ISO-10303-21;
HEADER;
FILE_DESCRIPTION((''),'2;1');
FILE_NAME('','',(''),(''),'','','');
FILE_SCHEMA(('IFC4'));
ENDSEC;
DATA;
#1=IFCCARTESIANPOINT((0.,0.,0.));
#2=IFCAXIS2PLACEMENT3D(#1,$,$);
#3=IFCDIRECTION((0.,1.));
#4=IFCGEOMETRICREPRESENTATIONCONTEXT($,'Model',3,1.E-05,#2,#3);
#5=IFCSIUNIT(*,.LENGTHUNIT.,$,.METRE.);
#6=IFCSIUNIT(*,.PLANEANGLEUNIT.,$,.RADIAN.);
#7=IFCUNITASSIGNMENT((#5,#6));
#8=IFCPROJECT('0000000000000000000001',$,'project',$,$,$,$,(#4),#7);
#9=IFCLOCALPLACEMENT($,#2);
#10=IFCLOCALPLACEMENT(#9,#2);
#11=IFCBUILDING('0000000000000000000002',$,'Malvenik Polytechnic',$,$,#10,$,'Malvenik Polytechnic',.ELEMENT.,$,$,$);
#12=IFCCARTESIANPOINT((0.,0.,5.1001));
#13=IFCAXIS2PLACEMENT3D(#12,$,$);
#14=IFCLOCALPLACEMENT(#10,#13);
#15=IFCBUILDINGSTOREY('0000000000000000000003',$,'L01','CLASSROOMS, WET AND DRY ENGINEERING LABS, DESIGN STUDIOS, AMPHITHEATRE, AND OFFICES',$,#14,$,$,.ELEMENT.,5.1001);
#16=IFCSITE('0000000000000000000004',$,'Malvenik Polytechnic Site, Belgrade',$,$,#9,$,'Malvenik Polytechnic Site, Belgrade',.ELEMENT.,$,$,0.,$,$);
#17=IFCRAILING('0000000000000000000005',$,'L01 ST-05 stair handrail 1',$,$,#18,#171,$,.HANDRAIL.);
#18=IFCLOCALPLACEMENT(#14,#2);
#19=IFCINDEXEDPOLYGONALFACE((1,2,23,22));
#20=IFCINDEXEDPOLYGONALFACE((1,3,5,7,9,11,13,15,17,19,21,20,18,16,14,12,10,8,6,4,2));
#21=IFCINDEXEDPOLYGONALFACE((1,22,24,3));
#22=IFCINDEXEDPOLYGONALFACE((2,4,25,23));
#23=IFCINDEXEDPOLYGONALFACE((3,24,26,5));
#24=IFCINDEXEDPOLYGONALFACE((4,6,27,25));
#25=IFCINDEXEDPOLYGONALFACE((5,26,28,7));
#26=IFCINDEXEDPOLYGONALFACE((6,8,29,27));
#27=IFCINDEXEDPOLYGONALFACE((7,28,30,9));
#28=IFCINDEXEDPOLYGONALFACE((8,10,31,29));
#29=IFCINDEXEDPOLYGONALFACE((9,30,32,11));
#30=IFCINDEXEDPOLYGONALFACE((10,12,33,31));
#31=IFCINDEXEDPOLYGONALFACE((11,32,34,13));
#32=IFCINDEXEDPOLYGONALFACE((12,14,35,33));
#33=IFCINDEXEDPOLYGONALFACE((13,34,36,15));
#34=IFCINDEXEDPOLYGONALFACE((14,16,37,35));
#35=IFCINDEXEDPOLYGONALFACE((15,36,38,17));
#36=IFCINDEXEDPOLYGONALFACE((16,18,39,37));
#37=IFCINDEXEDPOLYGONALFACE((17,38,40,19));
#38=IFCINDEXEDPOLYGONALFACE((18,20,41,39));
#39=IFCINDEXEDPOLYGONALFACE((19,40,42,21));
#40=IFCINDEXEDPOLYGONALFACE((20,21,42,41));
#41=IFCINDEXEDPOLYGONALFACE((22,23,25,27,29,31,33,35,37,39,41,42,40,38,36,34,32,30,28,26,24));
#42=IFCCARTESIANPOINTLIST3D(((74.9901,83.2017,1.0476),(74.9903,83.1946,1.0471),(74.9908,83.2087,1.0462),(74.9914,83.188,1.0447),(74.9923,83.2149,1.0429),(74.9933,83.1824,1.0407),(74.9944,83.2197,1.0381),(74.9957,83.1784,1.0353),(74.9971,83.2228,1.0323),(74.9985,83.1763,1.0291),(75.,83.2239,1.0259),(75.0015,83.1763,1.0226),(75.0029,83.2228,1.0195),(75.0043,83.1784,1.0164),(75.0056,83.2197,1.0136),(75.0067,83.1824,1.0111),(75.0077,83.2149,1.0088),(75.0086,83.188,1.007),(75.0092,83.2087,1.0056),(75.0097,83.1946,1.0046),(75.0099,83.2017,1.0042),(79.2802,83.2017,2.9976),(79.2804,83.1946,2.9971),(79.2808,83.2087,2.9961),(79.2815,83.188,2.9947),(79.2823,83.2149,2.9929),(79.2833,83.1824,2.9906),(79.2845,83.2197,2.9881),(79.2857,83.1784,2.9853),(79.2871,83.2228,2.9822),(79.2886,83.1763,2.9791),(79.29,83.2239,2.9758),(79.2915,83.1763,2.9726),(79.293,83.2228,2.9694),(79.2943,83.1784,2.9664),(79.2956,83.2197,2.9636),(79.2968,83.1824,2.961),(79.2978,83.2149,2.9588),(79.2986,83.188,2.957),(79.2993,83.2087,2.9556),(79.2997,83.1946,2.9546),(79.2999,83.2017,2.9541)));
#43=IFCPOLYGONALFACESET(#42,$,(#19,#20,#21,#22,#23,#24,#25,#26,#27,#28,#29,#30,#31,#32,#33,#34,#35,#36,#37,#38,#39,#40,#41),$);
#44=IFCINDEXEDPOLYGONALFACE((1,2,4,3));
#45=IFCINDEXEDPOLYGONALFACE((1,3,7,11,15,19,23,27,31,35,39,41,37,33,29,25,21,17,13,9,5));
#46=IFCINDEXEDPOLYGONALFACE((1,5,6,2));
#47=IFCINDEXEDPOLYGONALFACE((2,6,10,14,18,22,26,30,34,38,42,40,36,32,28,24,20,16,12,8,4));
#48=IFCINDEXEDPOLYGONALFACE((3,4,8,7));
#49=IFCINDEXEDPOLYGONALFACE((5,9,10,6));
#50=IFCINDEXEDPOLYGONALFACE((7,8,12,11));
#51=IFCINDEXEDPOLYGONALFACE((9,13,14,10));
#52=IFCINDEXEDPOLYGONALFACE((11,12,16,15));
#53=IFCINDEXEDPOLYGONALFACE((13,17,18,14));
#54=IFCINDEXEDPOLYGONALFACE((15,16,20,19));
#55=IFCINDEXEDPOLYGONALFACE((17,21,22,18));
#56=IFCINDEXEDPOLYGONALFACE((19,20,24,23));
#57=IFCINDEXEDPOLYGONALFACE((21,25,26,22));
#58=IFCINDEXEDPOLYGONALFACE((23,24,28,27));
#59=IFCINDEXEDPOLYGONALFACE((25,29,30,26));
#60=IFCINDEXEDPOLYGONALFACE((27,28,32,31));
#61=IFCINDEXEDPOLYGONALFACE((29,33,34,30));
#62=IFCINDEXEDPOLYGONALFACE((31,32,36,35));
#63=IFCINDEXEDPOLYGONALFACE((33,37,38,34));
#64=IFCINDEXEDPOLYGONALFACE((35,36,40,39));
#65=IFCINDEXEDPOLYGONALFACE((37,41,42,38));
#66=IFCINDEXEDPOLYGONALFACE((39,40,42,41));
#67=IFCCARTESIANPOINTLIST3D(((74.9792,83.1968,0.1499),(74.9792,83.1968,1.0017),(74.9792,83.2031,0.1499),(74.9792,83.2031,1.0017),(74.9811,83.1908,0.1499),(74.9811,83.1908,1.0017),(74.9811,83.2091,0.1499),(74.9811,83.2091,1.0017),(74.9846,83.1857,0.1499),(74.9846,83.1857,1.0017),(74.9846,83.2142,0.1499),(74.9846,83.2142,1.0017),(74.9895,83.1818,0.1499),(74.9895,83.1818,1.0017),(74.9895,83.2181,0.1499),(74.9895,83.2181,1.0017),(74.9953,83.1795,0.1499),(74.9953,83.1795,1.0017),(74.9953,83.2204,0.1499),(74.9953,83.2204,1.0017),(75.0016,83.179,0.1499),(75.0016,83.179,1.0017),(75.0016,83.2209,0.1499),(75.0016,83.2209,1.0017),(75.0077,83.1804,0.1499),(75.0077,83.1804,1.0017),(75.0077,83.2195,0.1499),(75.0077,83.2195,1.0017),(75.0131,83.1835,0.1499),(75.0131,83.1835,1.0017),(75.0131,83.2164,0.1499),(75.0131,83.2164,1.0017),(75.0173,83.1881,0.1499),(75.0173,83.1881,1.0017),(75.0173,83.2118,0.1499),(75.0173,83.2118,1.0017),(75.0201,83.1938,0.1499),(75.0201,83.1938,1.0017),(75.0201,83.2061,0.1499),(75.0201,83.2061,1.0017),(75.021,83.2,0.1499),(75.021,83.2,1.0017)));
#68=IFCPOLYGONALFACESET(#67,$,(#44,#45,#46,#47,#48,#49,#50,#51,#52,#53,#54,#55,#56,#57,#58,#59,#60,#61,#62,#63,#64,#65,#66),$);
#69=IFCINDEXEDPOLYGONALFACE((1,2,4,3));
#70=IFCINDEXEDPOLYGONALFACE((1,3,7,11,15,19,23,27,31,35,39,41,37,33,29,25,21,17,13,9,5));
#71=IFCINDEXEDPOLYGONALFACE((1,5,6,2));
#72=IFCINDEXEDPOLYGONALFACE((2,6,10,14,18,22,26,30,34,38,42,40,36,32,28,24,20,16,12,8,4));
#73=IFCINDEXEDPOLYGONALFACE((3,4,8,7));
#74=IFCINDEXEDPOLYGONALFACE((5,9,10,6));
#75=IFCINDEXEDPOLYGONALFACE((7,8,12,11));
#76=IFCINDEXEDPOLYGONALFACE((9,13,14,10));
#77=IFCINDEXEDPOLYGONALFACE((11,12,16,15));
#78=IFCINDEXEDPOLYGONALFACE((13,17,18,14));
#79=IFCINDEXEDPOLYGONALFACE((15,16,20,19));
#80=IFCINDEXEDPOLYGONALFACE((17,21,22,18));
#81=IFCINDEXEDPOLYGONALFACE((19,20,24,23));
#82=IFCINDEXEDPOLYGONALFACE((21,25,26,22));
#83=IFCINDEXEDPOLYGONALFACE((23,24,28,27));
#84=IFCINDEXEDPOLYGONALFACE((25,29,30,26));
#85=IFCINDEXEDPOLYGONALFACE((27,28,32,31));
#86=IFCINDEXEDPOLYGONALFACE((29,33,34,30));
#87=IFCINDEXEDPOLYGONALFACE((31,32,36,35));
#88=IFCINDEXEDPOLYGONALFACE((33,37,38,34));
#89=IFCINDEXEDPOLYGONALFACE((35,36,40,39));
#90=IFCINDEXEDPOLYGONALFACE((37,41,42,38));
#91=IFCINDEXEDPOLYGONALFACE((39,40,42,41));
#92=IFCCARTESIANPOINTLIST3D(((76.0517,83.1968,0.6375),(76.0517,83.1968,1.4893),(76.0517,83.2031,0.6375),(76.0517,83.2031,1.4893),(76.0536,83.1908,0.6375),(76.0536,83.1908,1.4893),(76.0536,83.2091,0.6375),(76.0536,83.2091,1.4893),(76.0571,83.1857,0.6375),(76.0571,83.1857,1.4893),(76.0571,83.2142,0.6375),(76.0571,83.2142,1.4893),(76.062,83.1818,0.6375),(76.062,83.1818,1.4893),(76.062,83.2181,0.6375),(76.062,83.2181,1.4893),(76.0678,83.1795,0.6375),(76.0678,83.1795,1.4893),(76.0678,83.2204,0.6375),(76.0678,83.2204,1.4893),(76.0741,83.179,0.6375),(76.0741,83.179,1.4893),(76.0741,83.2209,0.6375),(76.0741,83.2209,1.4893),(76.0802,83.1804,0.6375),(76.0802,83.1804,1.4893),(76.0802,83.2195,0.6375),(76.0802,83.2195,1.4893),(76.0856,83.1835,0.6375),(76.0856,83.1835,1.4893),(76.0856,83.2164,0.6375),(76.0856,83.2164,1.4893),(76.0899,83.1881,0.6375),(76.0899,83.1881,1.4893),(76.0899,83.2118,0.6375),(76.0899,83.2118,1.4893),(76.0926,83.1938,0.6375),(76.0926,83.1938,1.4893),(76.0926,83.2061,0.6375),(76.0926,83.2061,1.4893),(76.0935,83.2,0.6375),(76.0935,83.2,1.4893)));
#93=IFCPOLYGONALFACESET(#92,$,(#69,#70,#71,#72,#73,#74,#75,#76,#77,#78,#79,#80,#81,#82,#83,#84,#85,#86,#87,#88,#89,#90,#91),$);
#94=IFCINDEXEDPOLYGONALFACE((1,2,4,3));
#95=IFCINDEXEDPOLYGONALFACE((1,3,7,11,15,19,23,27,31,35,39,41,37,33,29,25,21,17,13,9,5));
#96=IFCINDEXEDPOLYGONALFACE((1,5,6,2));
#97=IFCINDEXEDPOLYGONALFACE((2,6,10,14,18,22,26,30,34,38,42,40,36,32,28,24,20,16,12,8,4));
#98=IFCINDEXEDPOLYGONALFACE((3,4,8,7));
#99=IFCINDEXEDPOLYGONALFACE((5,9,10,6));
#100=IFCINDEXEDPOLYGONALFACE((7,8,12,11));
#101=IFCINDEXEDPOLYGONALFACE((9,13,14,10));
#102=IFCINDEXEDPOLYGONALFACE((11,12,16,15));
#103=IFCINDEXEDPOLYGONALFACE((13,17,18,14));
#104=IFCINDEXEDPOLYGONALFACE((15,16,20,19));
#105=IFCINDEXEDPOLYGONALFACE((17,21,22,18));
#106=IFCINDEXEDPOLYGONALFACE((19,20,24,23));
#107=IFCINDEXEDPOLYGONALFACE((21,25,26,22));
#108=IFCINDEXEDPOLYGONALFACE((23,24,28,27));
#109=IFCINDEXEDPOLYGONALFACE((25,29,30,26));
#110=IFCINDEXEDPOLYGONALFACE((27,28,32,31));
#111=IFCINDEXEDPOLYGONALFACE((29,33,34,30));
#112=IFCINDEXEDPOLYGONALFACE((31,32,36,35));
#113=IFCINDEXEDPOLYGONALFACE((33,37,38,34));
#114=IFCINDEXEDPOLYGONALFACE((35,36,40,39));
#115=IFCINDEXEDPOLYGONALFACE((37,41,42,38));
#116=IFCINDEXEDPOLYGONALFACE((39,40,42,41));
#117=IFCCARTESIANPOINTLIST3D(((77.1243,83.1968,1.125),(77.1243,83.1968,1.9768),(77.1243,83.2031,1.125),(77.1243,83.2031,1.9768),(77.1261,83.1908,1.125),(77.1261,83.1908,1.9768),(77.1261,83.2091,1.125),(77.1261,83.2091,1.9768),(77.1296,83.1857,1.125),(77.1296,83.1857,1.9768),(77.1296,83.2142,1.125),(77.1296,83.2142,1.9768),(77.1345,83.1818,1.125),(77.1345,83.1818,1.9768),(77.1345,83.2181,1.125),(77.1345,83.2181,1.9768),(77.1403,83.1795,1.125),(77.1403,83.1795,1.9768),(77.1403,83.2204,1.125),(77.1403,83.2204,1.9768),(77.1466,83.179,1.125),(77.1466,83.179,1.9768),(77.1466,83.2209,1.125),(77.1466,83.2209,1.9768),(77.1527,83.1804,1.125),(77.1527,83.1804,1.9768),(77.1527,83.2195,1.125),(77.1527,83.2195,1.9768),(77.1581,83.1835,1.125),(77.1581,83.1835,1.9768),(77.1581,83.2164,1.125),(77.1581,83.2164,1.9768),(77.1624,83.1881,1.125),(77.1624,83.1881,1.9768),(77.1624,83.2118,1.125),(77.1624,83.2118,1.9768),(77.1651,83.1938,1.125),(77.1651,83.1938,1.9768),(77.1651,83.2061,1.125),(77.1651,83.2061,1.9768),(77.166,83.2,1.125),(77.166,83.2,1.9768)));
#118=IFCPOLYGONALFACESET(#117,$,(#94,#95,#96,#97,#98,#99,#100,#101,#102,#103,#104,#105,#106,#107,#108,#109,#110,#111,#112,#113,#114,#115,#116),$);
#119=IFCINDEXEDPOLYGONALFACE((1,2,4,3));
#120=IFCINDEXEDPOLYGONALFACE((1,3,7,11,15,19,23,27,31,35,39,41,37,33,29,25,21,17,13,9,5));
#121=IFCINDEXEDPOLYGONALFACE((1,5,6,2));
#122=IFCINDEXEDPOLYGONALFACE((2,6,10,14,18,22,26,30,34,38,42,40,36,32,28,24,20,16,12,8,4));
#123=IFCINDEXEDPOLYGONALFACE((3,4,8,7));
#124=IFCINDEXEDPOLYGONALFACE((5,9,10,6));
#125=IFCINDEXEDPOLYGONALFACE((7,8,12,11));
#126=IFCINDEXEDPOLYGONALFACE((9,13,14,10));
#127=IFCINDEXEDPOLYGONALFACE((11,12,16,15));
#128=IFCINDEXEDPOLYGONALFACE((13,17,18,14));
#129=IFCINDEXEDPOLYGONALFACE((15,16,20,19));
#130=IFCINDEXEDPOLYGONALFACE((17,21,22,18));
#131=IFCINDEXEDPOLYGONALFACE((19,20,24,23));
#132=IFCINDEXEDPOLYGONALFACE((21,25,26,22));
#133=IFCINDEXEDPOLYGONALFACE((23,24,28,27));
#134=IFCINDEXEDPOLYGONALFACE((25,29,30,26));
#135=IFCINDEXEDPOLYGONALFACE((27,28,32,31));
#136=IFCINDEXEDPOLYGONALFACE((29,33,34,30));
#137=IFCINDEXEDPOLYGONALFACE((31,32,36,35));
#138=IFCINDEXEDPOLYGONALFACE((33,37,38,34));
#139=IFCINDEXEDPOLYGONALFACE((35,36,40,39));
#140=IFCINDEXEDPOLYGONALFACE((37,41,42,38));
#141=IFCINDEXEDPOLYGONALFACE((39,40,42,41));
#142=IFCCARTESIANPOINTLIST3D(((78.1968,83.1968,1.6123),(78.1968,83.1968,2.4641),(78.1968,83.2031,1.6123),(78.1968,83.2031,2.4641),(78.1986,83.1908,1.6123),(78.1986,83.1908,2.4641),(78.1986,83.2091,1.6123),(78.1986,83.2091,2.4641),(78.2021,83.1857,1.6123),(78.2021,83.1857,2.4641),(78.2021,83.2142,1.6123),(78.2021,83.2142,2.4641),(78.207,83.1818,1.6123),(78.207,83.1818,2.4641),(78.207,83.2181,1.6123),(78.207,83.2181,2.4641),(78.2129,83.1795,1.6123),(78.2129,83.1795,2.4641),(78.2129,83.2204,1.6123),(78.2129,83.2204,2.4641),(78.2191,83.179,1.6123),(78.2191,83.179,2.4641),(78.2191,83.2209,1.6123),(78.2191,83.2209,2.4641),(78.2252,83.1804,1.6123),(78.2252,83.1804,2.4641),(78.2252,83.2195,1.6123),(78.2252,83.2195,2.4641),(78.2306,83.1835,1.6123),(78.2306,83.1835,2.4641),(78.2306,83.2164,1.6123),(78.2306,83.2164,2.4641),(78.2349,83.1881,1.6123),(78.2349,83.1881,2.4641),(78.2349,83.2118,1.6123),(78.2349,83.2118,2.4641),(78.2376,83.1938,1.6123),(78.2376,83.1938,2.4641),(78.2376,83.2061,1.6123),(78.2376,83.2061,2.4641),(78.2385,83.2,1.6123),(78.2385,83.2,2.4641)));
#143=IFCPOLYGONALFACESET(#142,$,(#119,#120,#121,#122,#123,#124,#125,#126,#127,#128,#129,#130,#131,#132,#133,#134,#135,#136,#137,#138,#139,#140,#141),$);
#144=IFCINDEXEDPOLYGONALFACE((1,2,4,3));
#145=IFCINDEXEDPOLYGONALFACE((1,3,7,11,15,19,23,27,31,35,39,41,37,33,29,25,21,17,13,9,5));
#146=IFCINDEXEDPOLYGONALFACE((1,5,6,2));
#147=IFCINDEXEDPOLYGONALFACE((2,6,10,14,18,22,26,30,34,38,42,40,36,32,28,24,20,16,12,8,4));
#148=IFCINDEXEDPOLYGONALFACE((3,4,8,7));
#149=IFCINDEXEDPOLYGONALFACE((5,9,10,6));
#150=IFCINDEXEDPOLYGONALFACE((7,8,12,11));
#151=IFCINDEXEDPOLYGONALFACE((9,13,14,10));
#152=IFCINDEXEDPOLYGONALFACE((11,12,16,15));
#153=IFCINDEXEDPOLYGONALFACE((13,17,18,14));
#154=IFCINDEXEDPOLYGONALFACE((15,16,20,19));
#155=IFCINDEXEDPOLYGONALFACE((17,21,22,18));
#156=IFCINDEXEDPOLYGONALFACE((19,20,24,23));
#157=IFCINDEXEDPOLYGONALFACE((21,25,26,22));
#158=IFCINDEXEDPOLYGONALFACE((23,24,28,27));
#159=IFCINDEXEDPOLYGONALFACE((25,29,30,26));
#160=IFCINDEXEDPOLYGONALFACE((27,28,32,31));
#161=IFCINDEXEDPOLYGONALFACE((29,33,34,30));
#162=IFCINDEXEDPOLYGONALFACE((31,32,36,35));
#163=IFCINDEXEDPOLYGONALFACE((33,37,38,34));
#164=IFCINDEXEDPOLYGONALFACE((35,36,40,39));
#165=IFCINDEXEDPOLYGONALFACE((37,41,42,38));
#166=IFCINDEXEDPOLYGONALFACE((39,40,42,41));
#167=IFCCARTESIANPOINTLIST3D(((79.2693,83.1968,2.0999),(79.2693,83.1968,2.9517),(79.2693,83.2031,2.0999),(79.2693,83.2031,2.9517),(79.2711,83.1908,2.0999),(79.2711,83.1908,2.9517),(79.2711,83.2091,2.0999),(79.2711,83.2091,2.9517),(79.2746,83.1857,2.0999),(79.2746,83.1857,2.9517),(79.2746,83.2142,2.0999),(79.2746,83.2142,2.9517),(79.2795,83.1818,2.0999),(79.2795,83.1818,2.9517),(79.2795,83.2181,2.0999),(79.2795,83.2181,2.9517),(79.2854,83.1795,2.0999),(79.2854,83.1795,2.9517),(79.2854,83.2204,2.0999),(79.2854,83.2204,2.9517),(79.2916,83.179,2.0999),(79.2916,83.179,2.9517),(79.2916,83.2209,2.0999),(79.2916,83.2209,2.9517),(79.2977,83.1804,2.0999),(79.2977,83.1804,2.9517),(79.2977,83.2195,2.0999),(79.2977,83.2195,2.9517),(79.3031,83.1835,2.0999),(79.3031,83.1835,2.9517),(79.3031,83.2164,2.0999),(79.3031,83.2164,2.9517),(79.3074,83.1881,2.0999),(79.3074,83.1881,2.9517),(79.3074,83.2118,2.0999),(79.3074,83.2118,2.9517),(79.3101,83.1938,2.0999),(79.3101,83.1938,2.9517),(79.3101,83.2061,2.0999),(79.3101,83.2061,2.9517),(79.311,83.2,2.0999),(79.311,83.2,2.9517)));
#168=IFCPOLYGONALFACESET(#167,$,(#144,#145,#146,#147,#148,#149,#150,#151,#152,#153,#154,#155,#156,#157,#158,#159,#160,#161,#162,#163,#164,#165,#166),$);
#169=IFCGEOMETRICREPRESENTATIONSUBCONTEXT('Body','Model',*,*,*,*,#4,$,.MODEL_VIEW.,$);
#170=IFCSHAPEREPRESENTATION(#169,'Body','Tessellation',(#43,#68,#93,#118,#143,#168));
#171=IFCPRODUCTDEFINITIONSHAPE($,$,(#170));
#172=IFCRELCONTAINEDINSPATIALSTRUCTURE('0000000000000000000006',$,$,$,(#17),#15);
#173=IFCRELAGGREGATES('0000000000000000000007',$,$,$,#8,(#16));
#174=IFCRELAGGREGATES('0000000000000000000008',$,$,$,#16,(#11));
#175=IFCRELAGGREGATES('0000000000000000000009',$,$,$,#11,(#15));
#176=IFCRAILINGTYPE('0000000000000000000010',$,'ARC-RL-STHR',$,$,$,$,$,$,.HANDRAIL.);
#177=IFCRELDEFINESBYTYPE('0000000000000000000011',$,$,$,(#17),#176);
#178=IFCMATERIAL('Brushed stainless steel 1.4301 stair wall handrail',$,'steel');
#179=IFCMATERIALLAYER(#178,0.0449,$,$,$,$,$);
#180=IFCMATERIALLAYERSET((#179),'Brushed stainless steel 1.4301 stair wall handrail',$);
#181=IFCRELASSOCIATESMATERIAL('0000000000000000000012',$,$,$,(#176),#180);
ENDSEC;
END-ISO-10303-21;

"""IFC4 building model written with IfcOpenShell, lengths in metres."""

from ifc_helpers import new_model, si_unit, direction, frame, origin, origin_2d, place, context, subcontext, project, spatial, circle, extrude, material, layer, layer_set, type_object, element, save


model = new_model("IFC4")

# Units and contexts
model_context = context("Model", 3, precision=1e-05, world=origin(), true_north=direction((0.0, 1.0)))
body_context = subcontext(model_context, "Body", "Model", "MODEL_VIEW")
ifc_project = project(units=[si_unit("LENGTHUNIT", "METRE"), si_unit("PLANEANGLEUNIT", "RADIAN")], contexts=[model_context])

# Site, building, storey
site_placement = place(None, origin())
site = spatial("IfcSite", under=ifc_project, at=site_placement, Name="Malvenik Polytechnic Site, Belgrade", LongName="Malvenik Polytechnic Site, Belgrade", CompositionType="ELEMENT", RefElevation=0.0)
building_placement = place(site_placement, origin())
building = spatial("IfcBuilding", under=site, at=building_placement, Name="Malvenik Polytechnic", LongName="Malvenik Polytechnic", CompositionType="ELEMENT")
storey_placement = place(building_placement, frame((0.0, 0.0, 5.1001)))
storey = spatial("IfcBuildingStorey", under=building, at=storey_placement, Name="L01", Description="CLASSROOMS, WET AND DRY ENGINEERING LABS, DESIGN STUDIOS, AMPHITHEATRE, AND OFFICES", CompositionType="ELEMENT", Elevation=5.1001)

# Railing
ifc_material_1 = material(Name="Brushed stainless steel 1.4301 stair wall handrail", Category="steel")
ifc_layer_1 = layer(ifc_material_1, 0.0449)
ifc_layer_set_1 = layer_set([ifc_layer_1], Name="Brushed stainless steel 1.4301 stair wall handrail")
railing_type_1 = type_object("IfcRailingType", Name="ARC-RL-STHR", PredefinedType="HANDRAIL", material=ifc_layer_set_1)
railing_1_placement = place(storey_placement, frame((75.0, 83.2, 0.1499)))
element("IfcRailing", 1, at=railing_1_placement, inside=storey, type_object=railing_type_1, Name="L01 ST-05 stair handrail 1", PredefinedType="HANDRAIL", context=body_context, shape_type="SweptSolid", body=[
    extrude(circle(Radius=0.0239, at=origin_2d()), frame((0.0, 0.0, 0.876), z_axis=(0.910372, 0.0, 0.413791), x_axis=(0.0, 1.0, 0.0)), (0.0, 0.0, 1.0), 4.7124),
    extrude(circle(Radius=0.021, at=origin_2d()), origin(), (0.0, 0.0, 1.0), 0.8518),
    extrude(circle(Radius=0.021, at=origin_2d()), frame((1.0725, 0.0, 0.4875)), (0.0, 0.0, 1.0), 0.8518),
    extrude(circle(Radius=0.021, at=origin_2d()), frame((2.145, 0.0, 0.9751)), (0.0, 0.0, 1.0), 0.8518),
    extrude(circle(Radius=0.021, at=origin_2d()), frame((3.2175, 0.0, 1.4624)), (0.0, 0.0, 1.0), 0.8518),
    extrude(circle(Radius=0.021, at=origin_2d()), frame((4.29, 0.0, 1.95)), (0.0, 0.0, 1.0), 0.8518),
])

save(model, "model.ifc")
